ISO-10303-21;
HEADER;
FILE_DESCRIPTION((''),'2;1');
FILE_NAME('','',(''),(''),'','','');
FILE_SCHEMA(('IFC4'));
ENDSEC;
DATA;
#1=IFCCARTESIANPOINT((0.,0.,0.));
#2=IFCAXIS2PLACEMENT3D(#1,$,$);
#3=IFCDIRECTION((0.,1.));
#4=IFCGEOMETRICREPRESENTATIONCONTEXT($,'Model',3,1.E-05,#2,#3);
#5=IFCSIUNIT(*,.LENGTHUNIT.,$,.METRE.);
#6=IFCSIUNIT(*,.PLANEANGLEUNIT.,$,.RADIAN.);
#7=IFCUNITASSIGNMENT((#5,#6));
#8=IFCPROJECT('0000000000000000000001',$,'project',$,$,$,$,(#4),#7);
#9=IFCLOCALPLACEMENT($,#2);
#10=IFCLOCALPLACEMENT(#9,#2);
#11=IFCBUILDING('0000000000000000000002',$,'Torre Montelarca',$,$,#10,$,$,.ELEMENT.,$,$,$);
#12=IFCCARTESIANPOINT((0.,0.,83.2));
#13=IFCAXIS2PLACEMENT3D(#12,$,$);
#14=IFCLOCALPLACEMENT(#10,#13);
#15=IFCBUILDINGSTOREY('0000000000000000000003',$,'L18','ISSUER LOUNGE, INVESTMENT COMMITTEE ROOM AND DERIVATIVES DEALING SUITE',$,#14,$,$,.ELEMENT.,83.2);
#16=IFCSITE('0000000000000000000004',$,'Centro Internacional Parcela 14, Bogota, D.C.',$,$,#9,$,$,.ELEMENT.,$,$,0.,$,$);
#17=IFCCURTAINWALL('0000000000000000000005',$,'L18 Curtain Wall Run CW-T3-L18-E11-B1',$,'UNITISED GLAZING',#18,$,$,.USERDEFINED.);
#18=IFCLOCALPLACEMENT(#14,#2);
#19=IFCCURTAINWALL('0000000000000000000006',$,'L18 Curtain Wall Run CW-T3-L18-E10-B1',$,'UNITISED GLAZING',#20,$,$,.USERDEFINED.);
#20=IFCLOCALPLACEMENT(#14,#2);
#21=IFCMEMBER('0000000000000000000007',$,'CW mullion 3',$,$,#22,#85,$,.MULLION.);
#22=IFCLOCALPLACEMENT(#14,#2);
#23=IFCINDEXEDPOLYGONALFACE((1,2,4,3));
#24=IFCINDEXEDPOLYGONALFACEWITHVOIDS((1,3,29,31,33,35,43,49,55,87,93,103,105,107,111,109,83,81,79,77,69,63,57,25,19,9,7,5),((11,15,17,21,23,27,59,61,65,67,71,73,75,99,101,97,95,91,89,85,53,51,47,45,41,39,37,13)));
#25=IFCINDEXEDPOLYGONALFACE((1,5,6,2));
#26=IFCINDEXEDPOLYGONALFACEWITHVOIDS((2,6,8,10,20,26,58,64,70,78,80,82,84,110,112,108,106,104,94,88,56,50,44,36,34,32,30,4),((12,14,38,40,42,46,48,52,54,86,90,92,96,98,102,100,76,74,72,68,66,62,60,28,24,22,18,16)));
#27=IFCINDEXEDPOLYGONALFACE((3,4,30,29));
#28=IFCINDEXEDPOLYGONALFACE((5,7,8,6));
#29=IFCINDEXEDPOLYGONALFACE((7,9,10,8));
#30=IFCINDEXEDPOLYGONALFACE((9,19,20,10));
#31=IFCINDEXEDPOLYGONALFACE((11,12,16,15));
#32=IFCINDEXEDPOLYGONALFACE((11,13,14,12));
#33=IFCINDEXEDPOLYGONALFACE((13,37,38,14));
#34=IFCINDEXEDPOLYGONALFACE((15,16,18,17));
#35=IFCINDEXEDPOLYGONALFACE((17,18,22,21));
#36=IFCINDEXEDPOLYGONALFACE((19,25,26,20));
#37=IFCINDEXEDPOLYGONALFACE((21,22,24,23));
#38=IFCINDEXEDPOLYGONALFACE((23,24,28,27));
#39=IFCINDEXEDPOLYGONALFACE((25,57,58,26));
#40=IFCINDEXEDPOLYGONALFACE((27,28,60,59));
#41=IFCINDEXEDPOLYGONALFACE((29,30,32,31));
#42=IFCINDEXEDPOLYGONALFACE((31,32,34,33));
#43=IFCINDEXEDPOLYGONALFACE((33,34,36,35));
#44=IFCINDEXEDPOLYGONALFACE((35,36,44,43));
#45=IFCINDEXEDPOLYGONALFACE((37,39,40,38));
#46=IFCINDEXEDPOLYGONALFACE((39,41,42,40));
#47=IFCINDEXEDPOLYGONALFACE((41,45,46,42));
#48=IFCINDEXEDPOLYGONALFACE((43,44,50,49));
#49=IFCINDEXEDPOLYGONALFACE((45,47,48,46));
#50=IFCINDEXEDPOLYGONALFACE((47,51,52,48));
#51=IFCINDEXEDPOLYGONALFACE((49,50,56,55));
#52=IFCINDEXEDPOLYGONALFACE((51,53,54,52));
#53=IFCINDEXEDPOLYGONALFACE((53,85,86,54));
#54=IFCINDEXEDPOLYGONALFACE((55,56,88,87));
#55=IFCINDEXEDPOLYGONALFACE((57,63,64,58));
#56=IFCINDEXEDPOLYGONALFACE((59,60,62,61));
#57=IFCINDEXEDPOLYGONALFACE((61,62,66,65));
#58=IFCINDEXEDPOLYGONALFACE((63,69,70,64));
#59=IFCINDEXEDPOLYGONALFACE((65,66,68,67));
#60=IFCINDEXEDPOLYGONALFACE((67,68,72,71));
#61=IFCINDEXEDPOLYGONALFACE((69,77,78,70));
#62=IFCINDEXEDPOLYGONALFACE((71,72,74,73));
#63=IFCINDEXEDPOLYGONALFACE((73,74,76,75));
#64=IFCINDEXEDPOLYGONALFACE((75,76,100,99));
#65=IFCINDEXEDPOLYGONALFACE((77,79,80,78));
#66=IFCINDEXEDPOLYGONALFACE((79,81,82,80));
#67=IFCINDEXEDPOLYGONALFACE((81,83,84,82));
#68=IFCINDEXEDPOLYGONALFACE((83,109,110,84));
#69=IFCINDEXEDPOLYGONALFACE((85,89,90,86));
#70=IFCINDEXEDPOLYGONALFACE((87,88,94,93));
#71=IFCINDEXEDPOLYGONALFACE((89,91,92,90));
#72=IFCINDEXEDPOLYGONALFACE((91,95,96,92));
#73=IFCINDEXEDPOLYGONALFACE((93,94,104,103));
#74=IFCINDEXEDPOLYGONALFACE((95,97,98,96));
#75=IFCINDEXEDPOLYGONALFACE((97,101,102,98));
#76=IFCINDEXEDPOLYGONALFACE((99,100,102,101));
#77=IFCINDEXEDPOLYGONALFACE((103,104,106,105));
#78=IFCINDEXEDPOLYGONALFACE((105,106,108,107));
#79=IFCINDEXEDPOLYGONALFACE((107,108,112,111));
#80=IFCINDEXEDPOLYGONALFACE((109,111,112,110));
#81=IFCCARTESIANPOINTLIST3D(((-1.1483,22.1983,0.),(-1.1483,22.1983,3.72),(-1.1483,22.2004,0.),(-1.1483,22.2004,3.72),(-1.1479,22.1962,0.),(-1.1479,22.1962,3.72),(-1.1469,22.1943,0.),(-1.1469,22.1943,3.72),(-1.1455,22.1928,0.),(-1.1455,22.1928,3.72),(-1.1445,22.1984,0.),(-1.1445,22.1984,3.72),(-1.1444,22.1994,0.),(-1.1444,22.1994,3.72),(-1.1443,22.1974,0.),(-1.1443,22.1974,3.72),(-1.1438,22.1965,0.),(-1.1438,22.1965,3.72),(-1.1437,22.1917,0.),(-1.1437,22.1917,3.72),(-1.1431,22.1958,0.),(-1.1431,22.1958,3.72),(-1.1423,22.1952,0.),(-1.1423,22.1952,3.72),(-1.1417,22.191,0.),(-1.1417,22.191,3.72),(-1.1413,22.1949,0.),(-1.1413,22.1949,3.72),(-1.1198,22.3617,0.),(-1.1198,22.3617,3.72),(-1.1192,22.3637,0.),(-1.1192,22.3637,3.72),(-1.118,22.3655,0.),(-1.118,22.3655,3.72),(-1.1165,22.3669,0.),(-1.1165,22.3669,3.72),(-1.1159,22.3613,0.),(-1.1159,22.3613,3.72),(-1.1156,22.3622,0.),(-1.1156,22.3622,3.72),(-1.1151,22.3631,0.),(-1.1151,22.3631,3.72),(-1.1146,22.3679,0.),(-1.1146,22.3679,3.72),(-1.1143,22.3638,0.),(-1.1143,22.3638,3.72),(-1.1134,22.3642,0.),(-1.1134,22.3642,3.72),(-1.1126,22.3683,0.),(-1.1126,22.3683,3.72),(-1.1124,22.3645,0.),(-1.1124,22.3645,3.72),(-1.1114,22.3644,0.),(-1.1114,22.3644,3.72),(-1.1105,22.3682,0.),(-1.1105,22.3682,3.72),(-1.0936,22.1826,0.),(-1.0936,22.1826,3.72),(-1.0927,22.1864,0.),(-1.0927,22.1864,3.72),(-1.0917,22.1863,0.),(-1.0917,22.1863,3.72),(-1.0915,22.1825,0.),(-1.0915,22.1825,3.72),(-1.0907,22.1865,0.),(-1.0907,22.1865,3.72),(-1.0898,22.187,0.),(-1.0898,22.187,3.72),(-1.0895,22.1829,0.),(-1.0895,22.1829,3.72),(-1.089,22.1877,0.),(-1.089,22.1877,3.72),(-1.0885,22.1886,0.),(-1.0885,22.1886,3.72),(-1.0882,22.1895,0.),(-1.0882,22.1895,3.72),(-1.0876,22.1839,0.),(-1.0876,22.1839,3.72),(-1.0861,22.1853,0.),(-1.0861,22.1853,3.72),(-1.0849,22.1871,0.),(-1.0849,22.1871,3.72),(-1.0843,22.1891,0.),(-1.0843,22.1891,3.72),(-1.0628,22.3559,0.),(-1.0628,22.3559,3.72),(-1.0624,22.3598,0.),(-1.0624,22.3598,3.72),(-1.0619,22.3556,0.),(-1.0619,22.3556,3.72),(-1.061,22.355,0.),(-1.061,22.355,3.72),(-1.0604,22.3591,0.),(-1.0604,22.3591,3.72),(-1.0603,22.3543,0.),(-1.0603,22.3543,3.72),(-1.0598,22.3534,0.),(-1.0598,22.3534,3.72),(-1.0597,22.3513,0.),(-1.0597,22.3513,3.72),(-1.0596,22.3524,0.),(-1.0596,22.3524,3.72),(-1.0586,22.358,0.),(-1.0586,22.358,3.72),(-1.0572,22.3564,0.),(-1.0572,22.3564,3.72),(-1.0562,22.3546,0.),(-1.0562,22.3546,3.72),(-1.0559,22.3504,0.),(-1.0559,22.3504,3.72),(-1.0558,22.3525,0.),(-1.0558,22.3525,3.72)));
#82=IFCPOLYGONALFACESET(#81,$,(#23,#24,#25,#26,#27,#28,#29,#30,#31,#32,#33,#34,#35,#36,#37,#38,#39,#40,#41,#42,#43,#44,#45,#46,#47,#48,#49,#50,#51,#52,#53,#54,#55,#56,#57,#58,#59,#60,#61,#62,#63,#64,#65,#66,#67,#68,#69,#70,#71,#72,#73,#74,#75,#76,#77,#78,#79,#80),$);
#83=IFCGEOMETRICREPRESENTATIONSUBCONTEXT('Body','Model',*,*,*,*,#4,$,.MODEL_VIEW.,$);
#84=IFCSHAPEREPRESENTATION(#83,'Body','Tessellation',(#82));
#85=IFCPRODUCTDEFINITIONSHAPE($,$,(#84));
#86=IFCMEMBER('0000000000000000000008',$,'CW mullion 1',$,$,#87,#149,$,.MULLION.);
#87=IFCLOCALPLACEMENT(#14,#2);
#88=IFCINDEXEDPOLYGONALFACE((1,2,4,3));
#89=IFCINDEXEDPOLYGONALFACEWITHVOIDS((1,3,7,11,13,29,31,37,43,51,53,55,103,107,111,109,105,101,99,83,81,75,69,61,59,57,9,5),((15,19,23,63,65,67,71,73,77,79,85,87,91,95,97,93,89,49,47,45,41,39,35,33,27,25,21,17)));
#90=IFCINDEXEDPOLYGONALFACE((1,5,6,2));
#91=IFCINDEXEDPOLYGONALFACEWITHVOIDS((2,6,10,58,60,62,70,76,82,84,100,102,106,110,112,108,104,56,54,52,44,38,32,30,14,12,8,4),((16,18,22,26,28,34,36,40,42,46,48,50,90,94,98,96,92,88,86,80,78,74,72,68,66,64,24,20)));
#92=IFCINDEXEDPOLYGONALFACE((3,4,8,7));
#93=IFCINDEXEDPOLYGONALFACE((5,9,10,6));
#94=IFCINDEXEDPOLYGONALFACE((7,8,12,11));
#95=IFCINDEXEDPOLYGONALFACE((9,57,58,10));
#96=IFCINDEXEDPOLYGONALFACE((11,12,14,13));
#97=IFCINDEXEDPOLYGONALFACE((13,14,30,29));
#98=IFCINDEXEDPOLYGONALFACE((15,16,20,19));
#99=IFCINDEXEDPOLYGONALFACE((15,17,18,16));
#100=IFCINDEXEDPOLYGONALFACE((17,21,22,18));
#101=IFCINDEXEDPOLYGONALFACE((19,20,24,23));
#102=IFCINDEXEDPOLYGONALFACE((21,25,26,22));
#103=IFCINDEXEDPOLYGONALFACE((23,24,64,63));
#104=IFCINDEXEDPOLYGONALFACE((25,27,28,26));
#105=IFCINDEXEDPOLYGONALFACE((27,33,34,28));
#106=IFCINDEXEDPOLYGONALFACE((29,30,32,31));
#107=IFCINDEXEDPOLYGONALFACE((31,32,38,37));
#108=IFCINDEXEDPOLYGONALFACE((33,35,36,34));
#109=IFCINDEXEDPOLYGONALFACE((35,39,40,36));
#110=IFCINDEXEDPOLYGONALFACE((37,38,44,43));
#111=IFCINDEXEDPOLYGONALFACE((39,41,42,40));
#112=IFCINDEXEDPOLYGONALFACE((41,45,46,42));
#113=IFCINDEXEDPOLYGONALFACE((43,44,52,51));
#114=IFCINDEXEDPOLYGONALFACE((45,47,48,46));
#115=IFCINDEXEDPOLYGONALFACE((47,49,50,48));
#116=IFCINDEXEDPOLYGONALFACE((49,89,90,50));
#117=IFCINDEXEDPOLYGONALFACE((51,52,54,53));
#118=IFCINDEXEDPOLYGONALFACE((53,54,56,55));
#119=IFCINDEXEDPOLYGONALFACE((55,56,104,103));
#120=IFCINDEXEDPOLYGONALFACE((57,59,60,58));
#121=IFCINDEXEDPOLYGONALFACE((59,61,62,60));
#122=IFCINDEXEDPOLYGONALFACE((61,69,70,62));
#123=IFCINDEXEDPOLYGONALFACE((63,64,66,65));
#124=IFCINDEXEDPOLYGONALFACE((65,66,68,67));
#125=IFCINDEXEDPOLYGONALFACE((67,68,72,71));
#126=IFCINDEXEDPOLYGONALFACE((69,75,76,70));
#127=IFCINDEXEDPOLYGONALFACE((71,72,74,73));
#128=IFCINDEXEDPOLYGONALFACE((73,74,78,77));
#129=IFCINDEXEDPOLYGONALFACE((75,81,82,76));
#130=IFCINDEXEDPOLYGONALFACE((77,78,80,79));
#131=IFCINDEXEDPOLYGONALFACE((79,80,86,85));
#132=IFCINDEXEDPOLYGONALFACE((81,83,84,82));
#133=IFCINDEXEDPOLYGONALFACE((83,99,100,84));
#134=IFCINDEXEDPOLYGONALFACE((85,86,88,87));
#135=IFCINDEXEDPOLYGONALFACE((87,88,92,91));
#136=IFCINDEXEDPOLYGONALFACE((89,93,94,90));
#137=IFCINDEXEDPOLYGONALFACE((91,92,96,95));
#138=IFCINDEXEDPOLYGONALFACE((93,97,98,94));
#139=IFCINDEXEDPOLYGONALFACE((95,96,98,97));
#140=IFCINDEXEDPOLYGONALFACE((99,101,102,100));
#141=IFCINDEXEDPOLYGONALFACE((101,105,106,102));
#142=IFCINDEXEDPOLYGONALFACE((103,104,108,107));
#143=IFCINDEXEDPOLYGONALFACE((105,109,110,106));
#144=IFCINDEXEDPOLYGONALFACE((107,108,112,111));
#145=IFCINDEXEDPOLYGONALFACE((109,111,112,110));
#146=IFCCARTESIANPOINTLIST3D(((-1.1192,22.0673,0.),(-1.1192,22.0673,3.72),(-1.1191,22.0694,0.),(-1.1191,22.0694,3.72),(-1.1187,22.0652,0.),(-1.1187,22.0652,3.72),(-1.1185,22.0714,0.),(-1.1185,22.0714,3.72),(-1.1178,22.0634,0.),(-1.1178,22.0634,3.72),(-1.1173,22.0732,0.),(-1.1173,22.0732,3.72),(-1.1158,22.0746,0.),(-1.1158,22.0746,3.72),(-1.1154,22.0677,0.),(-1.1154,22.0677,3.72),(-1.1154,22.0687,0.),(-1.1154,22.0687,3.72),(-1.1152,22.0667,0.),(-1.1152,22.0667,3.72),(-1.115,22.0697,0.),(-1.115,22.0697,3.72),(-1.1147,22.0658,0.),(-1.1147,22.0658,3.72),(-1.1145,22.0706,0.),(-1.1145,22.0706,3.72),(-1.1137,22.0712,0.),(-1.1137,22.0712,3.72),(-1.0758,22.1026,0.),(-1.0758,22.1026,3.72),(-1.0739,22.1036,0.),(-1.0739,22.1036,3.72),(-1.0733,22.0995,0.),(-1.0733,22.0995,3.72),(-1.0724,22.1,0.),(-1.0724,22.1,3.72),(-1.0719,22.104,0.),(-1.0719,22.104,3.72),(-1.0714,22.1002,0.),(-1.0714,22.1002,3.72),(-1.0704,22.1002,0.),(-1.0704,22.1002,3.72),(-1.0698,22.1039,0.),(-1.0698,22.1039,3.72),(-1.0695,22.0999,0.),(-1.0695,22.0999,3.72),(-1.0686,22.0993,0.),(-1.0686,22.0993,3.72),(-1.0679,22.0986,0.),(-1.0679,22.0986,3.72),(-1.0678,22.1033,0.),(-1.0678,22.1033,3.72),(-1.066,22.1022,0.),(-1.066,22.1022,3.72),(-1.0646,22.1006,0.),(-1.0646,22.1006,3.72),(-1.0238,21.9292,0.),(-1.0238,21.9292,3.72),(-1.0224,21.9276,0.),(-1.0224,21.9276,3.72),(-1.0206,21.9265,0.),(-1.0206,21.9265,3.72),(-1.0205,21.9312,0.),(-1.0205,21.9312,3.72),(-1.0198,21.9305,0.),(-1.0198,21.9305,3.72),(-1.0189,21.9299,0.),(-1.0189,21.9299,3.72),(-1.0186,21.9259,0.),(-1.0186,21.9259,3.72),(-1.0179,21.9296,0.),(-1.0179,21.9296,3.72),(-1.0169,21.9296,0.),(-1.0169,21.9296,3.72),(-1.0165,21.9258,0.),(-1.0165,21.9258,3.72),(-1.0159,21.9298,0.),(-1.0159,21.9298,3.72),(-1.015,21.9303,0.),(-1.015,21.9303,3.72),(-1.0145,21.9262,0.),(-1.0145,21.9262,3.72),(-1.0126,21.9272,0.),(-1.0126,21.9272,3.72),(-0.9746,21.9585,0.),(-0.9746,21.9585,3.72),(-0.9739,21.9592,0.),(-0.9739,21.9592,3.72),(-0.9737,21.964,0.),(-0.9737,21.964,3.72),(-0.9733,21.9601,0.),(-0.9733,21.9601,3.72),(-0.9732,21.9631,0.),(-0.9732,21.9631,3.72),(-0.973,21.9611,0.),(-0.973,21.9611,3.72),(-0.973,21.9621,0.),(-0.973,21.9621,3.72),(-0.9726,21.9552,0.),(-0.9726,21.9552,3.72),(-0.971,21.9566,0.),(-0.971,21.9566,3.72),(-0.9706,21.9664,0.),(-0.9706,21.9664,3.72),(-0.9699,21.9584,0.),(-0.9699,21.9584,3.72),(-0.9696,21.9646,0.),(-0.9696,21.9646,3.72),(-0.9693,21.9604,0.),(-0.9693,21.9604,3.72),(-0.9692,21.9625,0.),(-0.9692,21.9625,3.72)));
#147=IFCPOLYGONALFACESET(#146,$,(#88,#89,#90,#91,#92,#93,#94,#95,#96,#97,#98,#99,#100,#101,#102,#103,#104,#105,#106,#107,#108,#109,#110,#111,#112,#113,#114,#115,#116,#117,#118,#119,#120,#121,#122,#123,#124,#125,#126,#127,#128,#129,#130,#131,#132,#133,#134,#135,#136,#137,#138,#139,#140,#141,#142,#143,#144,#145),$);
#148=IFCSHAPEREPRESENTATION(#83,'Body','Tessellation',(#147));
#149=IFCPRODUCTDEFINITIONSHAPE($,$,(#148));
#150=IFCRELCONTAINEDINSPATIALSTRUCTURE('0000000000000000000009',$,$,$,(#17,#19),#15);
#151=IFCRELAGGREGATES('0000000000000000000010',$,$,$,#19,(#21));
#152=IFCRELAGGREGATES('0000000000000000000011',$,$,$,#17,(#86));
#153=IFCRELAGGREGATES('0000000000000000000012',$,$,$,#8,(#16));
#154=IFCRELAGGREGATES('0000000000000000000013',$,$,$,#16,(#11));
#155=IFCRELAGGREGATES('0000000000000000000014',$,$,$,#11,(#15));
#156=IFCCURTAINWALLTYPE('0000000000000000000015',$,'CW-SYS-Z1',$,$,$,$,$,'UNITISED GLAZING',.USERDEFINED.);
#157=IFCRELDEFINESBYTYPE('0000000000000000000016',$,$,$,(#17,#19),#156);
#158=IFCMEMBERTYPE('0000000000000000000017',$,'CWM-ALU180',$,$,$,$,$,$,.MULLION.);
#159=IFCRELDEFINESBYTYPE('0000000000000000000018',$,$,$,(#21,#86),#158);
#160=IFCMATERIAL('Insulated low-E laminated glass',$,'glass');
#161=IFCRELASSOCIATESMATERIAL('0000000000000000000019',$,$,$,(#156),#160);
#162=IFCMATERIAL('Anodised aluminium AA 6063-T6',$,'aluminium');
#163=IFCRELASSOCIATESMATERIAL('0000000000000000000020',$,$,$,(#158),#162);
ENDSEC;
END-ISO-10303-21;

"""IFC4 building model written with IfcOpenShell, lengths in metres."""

from ifc_helpers import new_model, si_unit, direction, frame, origin, origin_2d, place, context, subcontext, project, spatial, hollow_rectangle, extrude, source, transform, mapped, material, material_profile, profile_set, type_object, element, aggregate, save


model = new_model("IFC4")

# Units and contexts
model_context = context("Model", 3, precision=1e-05, world=origin(), true_north=direction((0.0, 1.0)))
body_context = subcontext(model_context, "Body", "Model", "MODEL_VIEW")
ifc_project = project(units=[si_unit("LENGTHUNIT", "METRE"), si_unit("PLANEANGLEUNIT", "RADIAN")], contexts=[model_context])

# Site, building, storey
site_placement = place(None, origin())
site = spatial("IfcSite", under=ifc_project, at=site_placement, Name="Centro Internacional Parcela 14, Bogota, D.C.", CompositionType="ELEMENT", RefElevation=0.0)
building_placement = place(site_placement, origin())
building = spatial("IfcBuilding", under=site, at=building_placement, Name="Torre Montelarca", CompositionType="ELEMENT")
storey_placement = place(building_placement, frame((0.0, 0.0, 83.2)))
storey = spatial("IfcBuildingStorey", under=building, at=storey_placement, Name="L18", Description="ISSUER LOUNGE, INVESTMENT COMMITTEE ROOM AND DERIVATIVES DEALING SUITE", CompositionType="ELEMENT", Elevation=83.2)

# Curtain wall
ifc_material_1 = material(Name="Insulated low-E laminated glass", Category="glass")
curtain_wall_type = type_object("IfcCurtainWallType", Name="CW-SYS-Z1", ElementType="UNITISED GLAZING", PredefinedType="USERDEFINED", material=ifc_material_1)
curtain_wall_1_placement = place(storey_placement, origin())
curtain_wall_1 = element("IfcCurtainWall", 1, at=curtain_wall_1_placement, inside=storey, type_object=curtain_wall_type, Name="L18 Curtain Wall Run CW-T3-L18-E11-B1", ObjectType="UNITISED GLAZING", PredefinedType="USERDEFINED")
ifc_material_2 = material(Name="Anodised aluminium AA 6063-T6", Category="aluminium")

# Curtain wall, member
curtain_wall_2_placement = place(storey_placement, origin())
curtain_wall_2 = element("IfcCurtainWall", 2, at=curtain_wall_2_placement, inside=storey, type_object=curtain_wall_type, Name="L18 Curtain Wall Run CW-T3-L18-E10-B1", ObjectType="UNITISED GLAZING", PredefinedType="USERDEFINED")
ifc_material_profile_1 = material_profile(ifc_material_2, hollow_rectangle(XDim=0.0649, YDim=0.1799, WallThickness=0.0039, InnerFilletRadius=0.0039, OuterFilletRadius=0.0081, at=origin_2d()), Name="ALU65X180X4", Category="aluminium")
ifc_profile_set_1 = profile_set([ifc_material_profile_1], Name="Anodised aluminium AA 6063-T6")
member_type_1 = type_object("IfcMemberType", Name="CWM-ALU180", PredefinedType="MULLION", material=ifc_profile_set_1)
shared_shape_1 = source(origin(), body_context, "Body", "SweptSolid", [
    extrude(hollow_rectangle(XDim=0.0649, YDim=0.1799, WallThickness=0.0039, InnerFilletRadius=0.0039, OuterFilletRadius=0.0081, at=origin_2d()), origin(), (0.0, 0.0, 1.0), 3.72),
])
member_1_placement = place(storey_placement, frame((-1.1021, 22.2754, 0.0), z_axis=(0.0, 0.0, 1.0), x_axis=(0.984808, -0.173646, 0.0)))
member_1 = element("IfcMember", 3, at=member_1_placement, type_object=member_type_1, Name="CW mullion 3", PredefinedType="MULLION", context=body_context, shape_type="MappedRepresentation", body=[
    mapped(shared_shape_1, transform((0.0, 0.0, 0.0), scale=1.0)),
])
aggregate(curtain_wall_2, [member_1])

# Member
member_2_placement = place(storey_placement, frame((-1.0442, 22.0149, 0.0), z_axis=(0.0, 0.0, 1.0), x_axis=(0.819174, 0.573546, 0.0)))
member_2 = element("IfcMember", 4, at=member_2_placement, type_object=member_type_1, Name="CW mullion 1", PredefinedType="MULLION", context=body_context, shape_type="MappedRepresentation", body=[
    mapped(shared_shape_1, transform((0.0, 0.0, 0.0), scale=1.0)),
])

aggregate(curtain_wall_1, [member_2])

save(model, "model.ifc")
